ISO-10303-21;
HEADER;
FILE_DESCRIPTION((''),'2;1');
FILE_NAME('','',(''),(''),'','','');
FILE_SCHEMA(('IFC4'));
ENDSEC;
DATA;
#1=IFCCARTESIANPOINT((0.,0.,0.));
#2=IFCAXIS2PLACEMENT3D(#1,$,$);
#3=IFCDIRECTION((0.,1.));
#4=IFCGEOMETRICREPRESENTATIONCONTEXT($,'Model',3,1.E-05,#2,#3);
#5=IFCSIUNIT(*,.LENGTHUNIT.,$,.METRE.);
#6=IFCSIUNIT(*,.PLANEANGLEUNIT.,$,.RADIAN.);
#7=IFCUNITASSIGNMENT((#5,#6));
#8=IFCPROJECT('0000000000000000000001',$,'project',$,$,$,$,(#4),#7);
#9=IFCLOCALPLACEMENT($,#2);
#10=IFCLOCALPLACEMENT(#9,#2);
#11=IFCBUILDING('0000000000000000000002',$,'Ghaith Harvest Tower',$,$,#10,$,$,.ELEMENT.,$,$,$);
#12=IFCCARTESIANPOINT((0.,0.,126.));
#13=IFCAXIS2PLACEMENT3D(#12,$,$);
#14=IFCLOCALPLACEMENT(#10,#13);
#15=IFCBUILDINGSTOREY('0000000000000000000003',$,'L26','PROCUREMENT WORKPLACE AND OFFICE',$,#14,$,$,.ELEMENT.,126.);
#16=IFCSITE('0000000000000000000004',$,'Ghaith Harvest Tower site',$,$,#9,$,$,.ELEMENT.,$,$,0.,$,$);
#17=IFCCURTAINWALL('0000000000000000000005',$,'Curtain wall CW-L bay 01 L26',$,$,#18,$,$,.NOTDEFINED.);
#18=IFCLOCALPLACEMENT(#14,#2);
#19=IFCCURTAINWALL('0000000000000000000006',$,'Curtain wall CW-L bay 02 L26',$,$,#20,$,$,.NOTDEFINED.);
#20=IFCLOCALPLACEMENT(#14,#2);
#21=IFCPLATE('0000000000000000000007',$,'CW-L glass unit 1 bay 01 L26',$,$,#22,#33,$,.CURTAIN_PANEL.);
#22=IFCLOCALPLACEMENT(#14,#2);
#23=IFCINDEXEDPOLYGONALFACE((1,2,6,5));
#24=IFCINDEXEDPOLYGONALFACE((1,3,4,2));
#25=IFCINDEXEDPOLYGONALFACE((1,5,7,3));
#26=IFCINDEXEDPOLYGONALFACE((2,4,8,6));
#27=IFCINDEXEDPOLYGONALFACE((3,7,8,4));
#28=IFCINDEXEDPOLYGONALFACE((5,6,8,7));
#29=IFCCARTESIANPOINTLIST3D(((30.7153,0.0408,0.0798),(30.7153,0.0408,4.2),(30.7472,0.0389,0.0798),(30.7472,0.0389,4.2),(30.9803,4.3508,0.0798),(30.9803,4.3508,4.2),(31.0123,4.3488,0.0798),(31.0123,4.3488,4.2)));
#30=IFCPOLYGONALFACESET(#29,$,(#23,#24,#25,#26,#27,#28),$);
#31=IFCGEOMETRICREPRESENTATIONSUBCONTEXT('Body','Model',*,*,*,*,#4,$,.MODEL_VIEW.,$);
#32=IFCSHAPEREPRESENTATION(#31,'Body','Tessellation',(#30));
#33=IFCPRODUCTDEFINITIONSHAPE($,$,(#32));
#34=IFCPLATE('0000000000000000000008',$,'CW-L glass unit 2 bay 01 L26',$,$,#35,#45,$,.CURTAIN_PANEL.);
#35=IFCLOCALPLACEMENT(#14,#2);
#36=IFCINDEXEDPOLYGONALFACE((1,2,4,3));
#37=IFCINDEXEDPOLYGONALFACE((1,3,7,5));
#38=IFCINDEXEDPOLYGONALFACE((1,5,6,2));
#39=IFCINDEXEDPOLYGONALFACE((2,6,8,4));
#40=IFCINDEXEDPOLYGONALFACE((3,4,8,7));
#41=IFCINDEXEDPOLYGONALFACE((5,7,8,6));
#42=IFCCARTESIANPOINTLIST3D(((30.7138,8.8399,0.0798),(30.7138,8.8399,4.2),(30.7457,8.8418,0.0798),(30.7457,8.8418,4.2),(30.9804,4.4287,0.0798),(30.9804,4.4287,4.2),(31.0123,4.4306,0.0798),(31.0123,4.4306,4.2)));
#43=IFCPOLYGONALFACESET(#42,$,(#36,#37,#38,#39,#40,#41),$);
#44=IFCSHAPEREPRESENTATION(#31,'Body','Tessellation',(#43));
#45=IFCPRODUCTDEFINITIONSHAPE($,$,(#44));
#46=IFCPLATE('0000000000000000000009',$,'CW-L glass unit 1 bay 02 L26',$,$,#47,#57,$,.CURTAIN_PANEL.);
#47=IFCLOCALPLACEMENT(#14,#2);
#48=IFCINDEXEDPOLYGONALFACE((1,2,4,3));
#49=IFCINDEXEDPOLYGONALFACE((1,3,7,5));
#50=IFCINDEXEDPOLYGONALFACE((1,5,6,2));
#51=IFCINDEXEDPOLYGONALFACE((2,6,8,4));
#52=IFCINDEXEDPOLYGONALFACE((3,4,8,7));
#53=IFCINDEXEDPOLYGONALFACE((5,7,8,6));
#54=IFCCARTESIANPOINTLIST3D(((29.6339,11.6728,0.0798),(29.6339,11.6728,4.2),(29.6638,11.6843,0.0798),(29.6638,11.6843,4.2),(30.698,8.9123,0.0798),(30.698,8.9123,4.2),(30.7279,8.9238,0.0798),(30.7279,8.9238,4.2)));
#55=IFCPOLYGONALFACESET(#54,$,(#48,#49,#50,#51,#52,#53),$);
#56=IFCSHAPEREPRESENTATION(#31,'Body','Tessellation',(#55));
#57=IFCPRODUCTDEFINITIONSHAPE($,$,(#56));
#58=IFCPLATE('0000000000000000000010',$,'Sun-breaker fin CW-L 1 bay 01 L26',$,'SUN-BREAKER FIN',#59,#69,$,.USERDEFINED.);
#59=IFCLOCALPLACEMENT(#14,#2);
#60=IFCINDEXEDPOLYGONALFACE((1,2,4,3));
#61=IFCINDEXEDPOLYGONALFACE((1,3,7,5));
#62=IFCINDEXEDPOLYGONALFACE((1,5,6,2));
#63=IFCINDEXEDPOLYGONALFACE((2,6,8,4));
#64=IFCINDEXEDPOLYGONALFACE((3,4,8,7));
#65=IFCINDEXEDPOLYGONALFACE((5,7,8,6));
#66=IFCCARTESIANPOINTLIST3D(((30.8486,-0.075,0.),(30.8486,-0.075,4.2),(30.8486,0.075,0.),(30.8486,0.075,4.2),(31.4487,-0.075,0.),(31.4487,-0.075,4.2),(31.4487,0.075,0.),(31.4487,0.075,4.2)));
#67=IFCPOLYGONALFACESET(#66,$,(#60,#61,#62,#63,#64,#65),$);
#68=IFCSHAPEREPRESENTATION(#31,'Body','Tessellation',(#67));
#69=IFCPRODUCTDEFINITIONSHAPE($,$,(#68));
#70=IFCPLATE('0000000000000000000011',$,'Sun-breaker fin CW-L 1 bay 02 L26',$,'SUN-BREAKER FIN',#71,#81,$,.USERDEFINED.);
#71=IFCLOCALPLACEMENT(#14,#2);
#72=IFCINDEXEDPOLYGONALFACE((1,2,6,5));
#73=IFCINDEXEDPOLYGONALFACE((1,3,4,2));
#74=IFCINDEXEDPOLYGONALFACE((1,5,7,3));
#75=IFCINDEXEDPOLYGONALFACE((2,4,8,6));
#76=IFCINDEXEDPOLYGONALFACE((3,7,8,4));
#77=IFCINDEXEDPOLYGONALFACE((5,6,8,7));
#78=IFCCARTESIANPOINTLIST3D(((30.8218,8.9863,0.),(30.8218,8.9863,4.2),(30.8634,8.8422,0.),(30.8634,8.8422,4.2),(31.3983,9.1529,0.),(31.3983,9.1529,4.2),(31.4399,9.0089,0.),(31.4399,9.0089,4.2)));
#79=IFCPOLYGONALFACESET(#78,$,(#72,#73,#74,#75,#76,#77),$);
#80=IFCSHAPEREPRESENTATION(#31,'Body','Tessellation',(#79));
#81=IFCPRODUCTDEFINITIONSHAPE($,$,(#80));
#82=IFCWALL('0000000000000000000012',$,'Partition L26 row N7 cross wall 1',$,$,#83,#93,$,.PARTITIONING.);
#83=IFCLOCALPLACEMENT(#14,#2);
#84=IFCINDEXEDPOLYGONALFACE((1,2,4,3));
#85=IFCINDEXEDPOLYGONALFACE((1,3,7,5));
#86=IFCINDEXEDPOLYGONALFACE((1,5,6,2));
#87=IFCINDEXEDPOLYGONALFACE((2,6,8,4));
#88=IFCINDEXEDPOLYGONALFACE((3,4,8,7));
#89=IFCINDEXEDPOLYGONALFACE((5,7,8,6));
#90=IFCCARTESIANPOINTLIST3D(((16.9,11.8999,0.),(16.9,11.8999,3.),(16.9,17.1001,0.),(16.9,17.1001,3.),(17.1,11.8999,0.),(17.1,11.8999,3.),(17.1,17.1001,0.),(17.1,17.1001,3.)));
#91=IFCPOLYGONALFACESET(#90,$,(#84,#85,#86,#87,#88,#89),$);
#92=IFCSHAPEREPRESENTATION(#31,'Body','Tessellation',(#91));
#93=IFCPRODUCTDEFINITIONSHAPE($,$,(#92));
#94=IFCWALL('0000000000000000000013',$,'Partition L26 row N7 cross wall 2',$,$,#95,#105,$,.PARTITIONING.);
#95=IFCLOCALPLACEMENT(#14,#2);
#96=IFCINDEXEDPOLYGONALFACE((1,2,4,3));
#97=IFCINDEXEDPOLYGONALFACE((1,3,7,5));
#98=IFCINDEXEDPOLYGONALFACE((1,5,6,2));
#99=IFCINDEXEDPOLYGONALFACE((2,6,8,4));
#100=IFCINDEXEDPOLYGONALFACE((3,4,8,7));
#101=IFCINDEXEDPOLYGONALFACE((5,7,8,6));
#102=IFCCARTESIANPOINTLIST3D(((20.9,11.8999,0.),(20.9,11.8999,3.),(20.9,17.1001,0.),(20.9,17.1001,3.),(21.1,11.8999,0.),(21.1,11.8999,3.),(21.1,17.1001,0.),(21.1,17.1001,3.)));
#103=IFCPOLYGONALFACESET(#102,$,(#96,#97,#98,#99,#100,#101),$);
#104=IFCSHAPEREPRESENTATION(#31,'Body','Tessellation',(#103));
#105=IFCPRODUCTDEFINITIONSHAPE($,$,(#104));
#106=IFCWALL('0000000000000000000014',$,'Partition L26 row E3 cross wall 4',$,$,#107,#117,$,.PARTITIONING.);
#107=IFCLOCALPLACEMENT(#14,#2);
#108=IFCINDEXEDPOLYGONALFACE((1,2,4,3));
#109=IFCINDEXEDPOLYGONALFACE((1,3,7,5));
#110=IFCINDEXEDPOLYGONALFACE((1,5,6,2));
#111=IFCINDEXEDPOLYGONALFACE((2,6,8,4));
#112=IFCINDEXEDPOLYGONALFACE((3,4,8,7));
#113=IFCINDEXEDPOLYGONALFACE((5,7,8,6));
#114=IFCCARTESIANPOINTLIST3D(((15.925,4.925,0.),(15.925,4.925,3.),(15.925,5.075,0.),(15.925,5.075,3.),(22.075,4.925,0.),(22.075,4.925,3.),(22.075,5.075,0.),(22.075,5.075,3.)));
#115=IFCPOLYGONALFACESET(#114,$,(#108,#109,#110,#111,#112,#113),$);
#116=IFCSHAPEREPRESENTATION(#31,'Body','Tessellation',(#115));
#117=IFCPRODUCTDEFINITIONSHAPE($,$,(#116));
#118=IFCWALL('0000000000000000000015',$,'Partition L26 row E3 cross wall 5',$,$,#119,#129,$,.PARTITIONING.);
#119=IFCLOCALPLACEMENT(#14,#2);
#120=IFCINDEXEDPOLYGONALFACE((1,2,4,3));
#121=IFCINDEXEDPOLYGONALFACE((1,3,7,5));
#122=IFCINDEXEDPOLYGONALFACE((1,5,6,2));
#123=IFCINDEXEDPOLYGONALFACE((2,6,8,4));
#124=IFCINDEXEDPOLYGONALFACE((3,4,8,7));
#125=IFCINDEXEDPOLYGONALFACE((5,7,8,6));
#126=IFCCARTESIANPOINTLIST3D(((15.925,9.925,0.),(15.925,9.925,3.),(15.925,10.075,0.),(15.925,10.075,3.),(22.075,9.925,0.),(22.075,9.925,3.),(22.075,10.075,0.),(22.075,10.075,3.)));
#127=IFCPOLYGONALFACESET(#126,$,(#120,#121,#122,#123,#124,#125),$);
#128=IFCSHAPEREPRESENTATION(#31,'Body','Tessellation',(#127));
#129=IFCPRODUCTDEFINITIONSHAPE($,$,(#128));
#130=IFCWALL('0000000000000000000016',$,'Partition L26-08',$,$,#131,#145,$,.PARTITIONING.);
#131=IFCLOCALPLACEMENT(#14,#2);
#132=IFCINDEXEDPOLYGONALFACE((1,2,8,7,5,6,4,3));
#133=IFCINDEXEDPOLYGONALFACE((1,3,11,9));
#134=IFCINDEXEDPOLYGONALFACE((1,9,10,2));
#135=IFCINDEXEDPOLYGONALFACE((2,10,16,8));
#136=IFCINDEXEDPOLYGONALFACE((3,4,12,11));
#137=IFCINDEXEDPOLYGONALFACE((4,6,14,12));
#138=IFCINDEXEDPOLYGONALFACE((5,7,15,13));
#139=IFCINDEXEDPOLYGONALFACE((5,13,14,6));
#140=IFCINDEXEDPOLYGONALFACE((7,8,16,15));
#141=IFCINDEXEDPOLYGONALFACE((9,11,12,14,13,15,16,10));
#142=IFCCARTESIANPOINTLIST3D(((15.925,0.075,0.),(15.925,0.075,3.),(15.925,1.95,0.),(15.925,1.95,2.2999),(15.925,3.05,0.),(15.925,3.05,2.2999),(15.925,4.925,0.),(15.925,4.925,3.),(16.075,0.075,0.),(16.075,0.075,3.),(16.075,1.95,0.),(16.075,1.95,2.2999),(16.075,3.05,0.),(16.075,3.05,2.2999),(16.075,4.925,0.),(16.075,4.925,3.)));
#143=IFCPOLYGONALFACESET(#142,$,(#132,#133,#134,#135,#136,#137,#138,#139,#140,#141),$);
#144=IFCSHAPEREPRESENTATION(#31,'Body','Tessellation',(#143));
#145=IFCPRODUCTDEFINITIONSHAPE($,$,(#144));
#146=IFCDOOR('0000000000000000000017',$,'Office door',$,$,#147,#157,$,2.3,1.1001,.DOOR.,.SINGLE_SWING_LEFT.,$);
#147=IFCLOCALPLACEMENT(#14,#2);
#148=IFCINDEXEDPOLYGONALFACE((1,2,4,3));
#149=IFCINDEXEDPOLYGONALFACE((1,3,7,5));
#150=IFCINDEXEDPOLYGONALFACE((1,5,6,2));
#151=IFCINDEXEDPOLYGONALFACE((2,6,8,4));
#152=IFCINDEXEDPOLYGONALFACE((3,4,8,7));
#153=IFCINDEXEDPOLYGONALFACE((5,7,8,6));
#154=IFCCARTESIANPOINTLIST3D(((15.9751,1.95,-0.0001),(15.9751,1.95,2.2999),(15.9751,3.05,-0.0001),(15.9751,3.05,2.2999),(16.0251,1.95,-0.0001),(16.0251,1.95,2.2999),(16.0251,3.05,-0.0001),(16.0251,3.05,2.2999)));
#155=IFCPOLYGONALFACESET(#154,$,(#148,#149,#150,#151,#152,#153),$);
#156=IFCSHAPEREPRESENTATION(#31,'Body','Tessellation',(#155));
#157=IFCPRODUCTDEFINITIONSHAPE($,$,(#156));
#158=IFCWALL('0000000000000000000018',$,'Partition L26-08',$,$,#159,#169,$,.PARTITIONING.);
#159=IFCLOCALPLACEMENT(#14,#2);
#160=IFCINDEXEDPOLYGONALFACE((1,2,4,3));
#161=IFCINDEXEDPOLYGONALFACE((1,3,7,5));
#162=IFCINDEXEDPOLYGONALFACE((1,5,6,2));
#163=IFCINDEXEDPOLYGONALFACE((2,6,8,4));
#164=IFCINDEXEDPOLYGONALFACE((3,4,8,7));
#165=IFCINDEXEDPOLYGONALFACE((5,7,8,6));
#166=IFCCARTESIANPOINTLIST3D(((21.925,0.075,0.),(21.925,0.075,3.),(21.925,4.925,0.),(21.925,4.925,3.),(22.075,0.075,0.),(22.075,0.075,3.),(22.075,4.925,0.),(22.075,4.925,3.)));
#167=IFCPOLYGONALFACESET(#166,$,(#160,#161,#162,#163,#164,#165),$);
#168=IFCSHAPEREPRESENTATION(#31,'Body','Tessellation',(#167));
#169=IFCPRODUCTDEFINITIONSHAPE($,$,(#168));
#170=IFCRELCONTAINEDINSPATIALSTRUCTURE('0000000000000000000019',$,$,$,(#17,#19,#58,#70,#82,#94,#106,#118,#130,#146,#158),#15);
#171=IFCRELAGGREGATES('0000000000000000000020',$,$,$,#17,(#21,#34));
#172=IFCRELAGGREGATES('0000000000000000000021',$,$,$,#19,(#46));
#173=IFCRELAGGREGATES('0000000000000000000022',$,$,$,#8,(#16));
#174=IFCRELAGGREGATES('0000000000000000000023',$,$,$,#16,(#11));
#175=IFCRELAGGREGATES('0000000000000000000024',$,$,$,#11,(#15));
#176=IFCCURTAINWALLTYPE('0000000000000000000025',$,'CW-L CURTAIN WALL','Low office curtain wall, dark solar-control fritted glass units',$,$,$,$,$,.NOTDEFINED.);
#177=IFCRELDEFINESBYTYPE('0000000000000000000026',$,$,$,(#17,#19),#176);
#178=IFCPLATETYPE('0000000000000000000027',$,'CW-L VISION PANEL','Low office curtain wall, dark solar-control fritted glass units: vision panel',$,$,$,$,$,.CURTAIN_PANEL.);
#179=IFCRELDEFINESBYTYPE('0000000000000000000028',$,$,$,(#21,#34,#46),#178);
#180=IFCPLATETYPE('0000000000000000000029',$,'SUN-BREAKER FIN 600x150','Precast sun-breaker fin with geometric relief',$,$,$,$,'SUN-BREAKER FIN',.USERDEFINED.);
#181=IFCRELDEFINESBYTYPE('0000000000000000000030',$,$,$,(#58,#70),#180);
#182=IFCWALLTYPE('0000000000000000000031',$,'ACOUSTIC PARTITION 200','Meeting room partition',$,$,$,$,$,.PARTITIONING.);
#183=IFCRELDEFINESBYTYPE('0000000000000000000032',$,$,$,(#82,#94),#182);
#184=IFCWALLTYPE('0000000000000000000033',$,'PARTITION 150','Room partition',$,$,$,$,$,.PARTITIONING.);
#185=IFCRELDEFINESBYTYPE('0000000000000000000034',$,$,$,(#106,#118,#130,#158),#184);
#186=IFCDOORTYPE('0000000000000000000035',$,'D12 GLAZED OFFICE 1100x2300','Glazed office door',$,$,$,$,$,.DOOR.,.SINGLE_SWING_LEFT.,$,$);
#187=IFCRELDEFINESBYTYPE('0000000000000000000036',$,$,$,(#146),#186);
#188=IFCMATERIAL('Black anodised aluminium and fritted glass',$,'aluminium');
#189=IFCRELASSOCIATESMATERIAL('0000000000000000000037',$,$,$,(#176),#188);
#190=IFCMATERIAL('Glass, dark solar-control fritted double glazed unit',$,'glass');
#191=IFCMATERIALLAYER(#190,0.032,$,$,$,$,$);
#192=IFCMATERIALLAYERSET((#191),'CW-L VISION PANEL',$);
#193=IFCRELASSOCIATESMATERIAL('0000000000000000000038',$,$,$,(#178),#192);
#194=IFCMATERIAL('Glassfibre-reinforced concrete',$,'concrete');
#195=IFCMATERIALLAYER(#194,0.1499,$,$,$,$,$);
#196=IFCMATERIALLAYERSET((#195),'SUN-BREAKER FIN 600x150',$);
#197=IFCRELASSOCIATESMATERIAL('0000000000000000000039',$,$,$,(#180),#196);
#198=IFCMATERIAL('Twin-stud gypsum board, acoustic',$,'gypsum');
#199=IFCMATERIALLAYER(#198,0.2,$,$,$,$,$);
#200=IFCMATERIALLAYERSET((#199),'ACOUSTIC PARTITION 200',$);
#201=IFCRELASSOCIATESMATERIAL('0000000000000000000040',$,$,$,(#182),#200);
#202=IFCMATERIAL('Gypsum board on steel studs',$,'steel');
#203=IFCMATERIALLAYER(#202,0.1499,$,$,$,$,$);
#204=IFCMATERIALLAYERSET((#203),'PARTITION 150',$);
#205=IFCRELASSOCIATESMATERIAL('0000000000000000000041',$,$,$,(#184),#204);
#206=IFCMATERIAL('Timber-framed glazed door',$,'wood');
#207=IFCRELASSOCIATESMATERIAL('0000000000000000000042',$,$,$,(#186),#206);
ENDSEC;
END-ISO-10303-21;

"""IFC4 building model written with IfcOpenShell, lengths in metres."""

from ifc_helpers import new_model, si_unit, direction, frame, frame_2d, origin, origin_2d, place, context, subcontext, project, spatial, rectangle, extrude, material, layer, layer_set, type_object, element, fill, aggregate, save


model = new_model("IFC4")

# Units and contexts
model_context = context("Model", 3, precision=1e-05, world=origin(), true_north=direction((0.0, 1.0)))
body_context = subcontext(model_context, "Body", "Model", "MODEL_VIEW")
ifc_project = project(units=[si_unit("LENGTHUNIT", "METRE"), si_unit("PLANEANGLEUNIT", "RADIAN")], contexts=[model_context])

# Site, building, storey
site_placement = place(None, origin())
site = spatial("IfcSite", under=ifc_project, at=site_placement, Name="Ghaith Harvest Tower site", CompositionType="ELEMENT", RefElevation=0.0)
building_placement = place(site_placement, origin())
building = spatial("IfcBuilding", under=site, at=building_placement, Name="Ghaith Harvest Tower", CompositionType="ELEMENT")
storey_placement = place(building_placement, frame((0.0, 0.0, 126.0)))
storey = spatial("IfcBuildingStorey", under=building, at=storey_placement, Name="L26", Description="PROCUREMENT WORKPLACE AND OFFICE", CompositionType="ELEMENT", Elevation=126.0)

# Curtain walls
ifc_material_1 = material(Name="Black anodised aluminium and fritted glass", Category="aluminium")
curtain_wall_type = type_object("IfcCurtainWallType", Name="CW-L CURTAIN WALL", Description="Low office curtain wall, dark solar-control fritted glass units", PredefinedType="NOTDEFINED", material=ifc_material_1)
curtain_wall_1_placement = place(storey_placement, origin())
curtain_wall_1 = element("IfcCurtainWall", 1, at=curtain_wall_1_placement, inside=storey, type_object=curtain_wall_type, Name="Curtain wall CW-L bay 01 L26", PredefinedType="NOTDEFINED")
curtain_wall_2_placement = place(storey_placement, origin())
curtain_wall_2 = element("IfcCurtainWall", 2, at=curtain_wall_2_placement, inside=storey, type_object=curtain_wall_type, Name="Curtain wall CW-L bay 02 L26", PredefinedType="NOTDEFINED")

# Plates
ifc_material_2 = material(Name="Glass, dark solar-control fritted double glazed unit", Category="glass")
ifc_layer_1 = layer(ifc_material_2, 0.032)
ifc_layer_set_1 = layer_set([ifc_layer_1], Name="CW-L VISION PANEL")
plate_type_1 = type_object("IfcPlateType", Name="CW-L VISION PANEL", Description="Low office curtain wall, dark solar-control fritted glass units: vision panel", PredefinedType="CURTAIN_PANEL", material=ifc_layer_set_1)
plate_1_placement = place(storey_placement, frame((30.8638, 2.1948, 0.0798), z_axis=(0.0, 0.0, 1.0), x_axis=(0.06138, 0.998114, 0.0)))
plate_1 = element("IfcPlate", 3, at=plate_1_placement, type_object=plate_type_1, Name="CW-L glass unit 1 bay 01 L26", PredefinedType="CURTAIN_PANEL", context=body_context, shape_type="SweptSolid", body=[
    extrude(rectangle(XDim=4.3181, YDim=0.032, at=origin_2d()), origin(), (0.0, 0.0, 1.0), 4.1201),
])
plate_2_placement = place(storey_placement, frame((30.863, 6.6353, 0.0798), z_axis=(0.0, 0.0, 1.0), x_axis=(-0.060321, 0.998179, 0.0)))
plate_2 = element("IfcPlate", 4, at=plate_2_placement, type_object=plate_type_1, Name="CW-L glass unit 2 bay 01 L26", PredefinedType="CURTAIN_PANEL", context=body_context, shape_type="SweptSolid", body=[
    extrude(rectangle(XDim=4.4192, YDim=0.032, at=origin_2d()), origin(), (0.0, 0.0, 1.0), 4.1201),
])
aggregate(curtain_wall_1, [plate_1, plate_2])
plate_3_placement = place(storey_placement, frame((30.1809, 10.2983, 0.0798), z_axis=(0.0, 0.0, 1.0), x_axis=(-0.359677, 0.933077, 0.0)))
plate_3 = element("IfcPlate", 5, at=plate_3_placement, type_object=plate_type_1, Name="CW-L glass unit 1 bay 02 L26", PredefinedType="CURTAIN_PANEL", context=body_context, shape_type="SweptSolid", body=[
    extrude(rectangle(XDim=2.9585, YDim=0.032, at=origin_2d()), origin(), (0.0, 0.0, 1.0), 4.1201),
])
aggregate(curtain_wall_2, [plate_3])

# Plates
ifc_material_3 = material(Name="Glassfibre-reinforced concrete", Category="concrete")
ifc_layer_2 = layer(ifc_material_3, 0.1499)
ifc_layer_set_2 = layer_set([ifc_layer_2], Name="SUN-BREAKER FIN 600x150")
plate_type_2 = type_object("IfcPlateType", Name="SUN-BREAKER FIN 600x150", Description="Precast sun-breaker fin with geometric relief", ElementType="SUN-BREAKER FIN", PredefinedType="USERDEFINED", material=ifc_layer_set_2)
for number, where, z_axis, x_axis, name in (
    (6, (31.1487, 0.0, 0.0), (0.0, 0.0, 1.0), (1.0, 0.0, 0.0), "Sun-breaker fin CW-L 1 bay 01 L26"),
    (7, (31.1309, 8.9976, 0.0), (0.0, 0.0, 1.0), (0.96068, 0.277657, 0.0), "Sun-breaker fin CW-L 1 bay 02 L26"),
):
    element("IfcPlate", number, at=place(storey_placement, frame(where, z_axis=z_axis, x_axis=x_axis)), inside=storey, type_object=plate_type_2, Name=name, ObjectType="SUN-BREAKER FIN", PredefinedType="USERDEFINED", context=body_context, shape_type="SweptSolid", body=[
        extrude(rectangle(XDim=0.6001, YDim=0.1499, at=origin_2d()), origin(), (0.0, 0.0, 1.0), 4.2),
    ])

# Walls
ifc_material_4 = material(Name="Twin-stud gypsum board, acoustic", Category="gypsum")
ifc_layer_3 = layer(ifc_material_4, 0.2)
ifc_layer_set_3 = layer_set([ifc_layer_3], Name="ACOUSTIC PARTITION 200")
wall_type_1 = type_object("IfcWallType", Name="ACOUSTIC PARTITION 200", Description="Meeting room partition", PredefinedType="PARTITIONING", material=ifc_layer_set_3)
for number, where, z_axis, x_axis, name in (
    (8, (17.0, 11.8999, 0.0), (0.0, 0.0, 1.0), (0.0, 1.0, 0.0), "Partition L26 row N7 cross wall 1"),
    (9, (21.0, 11.8999, 0.0), (0.0, 0.0, 1.0), (0.0, 1.0, 0.0), "Partition L26 row N7 cross wall 2"),
):
    element("IfcWall", number, at=place(storey_placement, frame(where, z_axis=z_axis, x_axis=x_axis)), inside=storey, type_object=wall_type_1, Name=name, PredefinedType="PARTITIONING", context=body_context, shape_type="SweptSolid", body=[
        extrude(rectangle(XDim=5.2002, YDim=0.2, at=frame_2d((2.6001, 0.0))), origin(), (0.0, 0.0, 1.0), 3.0),
    ])
ifc_material_5 = material(Name="Gypsum board on steel studs", Category="steel")
ifc_layer_4 = layer(ifc_material_5, 0.1499)
ifc_layer_set_4 = layer_set([ifc_layer_4], Name="PARTITION 150")
wall_type_2 = type_object("IfcWallType", Name="PARTITION 150", Description="Room partition", PredefinedType="PARTITIONING", material=ifc_layer_set_4)
for number, where, z_axis, x_axis, name in (
    (10, (15.925, 5.0, 0.0), (0.0, 0.0, 1.0), (1.0, 0.0, 0.0), "Partition L26 row E3 cross wall 4"),
    (11, (15.925, 10.0, 0.0), (0.0, 0.0, 1.0), (1.0, 0.0, 0.0), "Partition L26 row E3 cross wall 5"),
):
    element("IfcWall", number, at=place(storey_placement, frame(where, z_axis=z_axis, x_axis=x_axis)), inside=storey, type_object=wall_type_2, Name=name, PredefinedType="PARTITIONING", context=body_context, shape_type="SweptSolid", body=[
        extrude(rectangle(XDim=6.1499, YDim=0.1499, at=frame_2d((3.075, 0.0))), origin(), (0.0, 0.0, 1.0), 3.0),
    ])

# Wall, opening, door
wall_1_placement = place(storey_placement, frame((16.0, 0.075, 0.0), z_axis=(0.0, 0.0, 1.0), x_axis=(0.0, 1.0, 0.0)))
wall_1 = element("IfcWall", 12, at=wall_1_placement, inside=storey, type_object=wall_type_2, Name="Partition L26-08", PredefinedType="PARTITIONING", context=body_context, shape_type="SweptSolid", body=[
    extrude(rectangle(XDim=4.8501, YDim=0.1499, at=frame_2d((2.425, 0.0))), origin(), (0.0, 0.0, 1.0), 3.0),
])
opening_1_placement = place(wall_1_placement, frame((1.875, 0.0, 0.0)))
opening_1 = element("IfcOpeningElement", 13, at=opening_1_placement, cuts=wall_1, PredefinedType="OPENING", context=body_context, shape_type="SweptSolid", body=[
    extrude(rectangle(XDim=1.1001, YDim=2.3, at=frame_2d((0.55, 1.1499))), frame((0.0, 0.085, 0.0), z_axis=(0.0, -1.0, 0.0), x_axis=(1.0, 0.0, 0.0)), (0.0, 0.0, 1.0), 0.1699),
])
ifc_material_6 = material(Name="Timber-framed glazed door", Category="wood")
door_type = type_object("IfcDoorType", Name="D12 GLAZED OFFICE 1100x2300", Description="Glazed office door", OperationType="SINGLE_SWING_LEFT", PredefinedType="DOOR", material=ifc_material_6)
door_1_placement = place(opening_1_placement, origin())
door_1 = element("IfcDoor", 14, at=door_1_placement, inside=storey, type_object=door_type, Name="Office door", OperationType="SINGLE_SWING_LEFT", OverallHeight=2.3, OverallWidth=1.1001, PredefinedType="DOOR", context=body_context, shape_type="SweptSolid", body=[
    extrude(rectangle(XDim=1.1001, YDim=2.3, at=frame_2d((0.55, 1.1499))), frame((0.0, 0.0249, 0.0), z_axis=(0.0, -1.0, 0.0), x_axis=(1.0, 0.0, 0.0)), (0.0, 0.0, 1.0), 0.05),
])
fill(opening_1, door_1)

# Wall
wall_2_placement = place(storey_placement, frame((22.0, 0.075, 0.0), z_axis=(0.0, 0.0, 1.0), x_axis=(0.0, 1.0, 0.0)))
element("IfcWall", 15, at=wall_2_placement, inside=storey, type_object=wall_type_2, Name="Partition L26-08", PredefinedType="PARTITIONING", context=body_context, shape_type="SweptSolid", body=[
    extrude(rectangle(XDim=4.8501, YDim=0.1499, at=frame_2d((2.425, 0.0))), origin(), (0.0, 0.0, 1.0), 3.0),
])

save(model, "model.ifc")
